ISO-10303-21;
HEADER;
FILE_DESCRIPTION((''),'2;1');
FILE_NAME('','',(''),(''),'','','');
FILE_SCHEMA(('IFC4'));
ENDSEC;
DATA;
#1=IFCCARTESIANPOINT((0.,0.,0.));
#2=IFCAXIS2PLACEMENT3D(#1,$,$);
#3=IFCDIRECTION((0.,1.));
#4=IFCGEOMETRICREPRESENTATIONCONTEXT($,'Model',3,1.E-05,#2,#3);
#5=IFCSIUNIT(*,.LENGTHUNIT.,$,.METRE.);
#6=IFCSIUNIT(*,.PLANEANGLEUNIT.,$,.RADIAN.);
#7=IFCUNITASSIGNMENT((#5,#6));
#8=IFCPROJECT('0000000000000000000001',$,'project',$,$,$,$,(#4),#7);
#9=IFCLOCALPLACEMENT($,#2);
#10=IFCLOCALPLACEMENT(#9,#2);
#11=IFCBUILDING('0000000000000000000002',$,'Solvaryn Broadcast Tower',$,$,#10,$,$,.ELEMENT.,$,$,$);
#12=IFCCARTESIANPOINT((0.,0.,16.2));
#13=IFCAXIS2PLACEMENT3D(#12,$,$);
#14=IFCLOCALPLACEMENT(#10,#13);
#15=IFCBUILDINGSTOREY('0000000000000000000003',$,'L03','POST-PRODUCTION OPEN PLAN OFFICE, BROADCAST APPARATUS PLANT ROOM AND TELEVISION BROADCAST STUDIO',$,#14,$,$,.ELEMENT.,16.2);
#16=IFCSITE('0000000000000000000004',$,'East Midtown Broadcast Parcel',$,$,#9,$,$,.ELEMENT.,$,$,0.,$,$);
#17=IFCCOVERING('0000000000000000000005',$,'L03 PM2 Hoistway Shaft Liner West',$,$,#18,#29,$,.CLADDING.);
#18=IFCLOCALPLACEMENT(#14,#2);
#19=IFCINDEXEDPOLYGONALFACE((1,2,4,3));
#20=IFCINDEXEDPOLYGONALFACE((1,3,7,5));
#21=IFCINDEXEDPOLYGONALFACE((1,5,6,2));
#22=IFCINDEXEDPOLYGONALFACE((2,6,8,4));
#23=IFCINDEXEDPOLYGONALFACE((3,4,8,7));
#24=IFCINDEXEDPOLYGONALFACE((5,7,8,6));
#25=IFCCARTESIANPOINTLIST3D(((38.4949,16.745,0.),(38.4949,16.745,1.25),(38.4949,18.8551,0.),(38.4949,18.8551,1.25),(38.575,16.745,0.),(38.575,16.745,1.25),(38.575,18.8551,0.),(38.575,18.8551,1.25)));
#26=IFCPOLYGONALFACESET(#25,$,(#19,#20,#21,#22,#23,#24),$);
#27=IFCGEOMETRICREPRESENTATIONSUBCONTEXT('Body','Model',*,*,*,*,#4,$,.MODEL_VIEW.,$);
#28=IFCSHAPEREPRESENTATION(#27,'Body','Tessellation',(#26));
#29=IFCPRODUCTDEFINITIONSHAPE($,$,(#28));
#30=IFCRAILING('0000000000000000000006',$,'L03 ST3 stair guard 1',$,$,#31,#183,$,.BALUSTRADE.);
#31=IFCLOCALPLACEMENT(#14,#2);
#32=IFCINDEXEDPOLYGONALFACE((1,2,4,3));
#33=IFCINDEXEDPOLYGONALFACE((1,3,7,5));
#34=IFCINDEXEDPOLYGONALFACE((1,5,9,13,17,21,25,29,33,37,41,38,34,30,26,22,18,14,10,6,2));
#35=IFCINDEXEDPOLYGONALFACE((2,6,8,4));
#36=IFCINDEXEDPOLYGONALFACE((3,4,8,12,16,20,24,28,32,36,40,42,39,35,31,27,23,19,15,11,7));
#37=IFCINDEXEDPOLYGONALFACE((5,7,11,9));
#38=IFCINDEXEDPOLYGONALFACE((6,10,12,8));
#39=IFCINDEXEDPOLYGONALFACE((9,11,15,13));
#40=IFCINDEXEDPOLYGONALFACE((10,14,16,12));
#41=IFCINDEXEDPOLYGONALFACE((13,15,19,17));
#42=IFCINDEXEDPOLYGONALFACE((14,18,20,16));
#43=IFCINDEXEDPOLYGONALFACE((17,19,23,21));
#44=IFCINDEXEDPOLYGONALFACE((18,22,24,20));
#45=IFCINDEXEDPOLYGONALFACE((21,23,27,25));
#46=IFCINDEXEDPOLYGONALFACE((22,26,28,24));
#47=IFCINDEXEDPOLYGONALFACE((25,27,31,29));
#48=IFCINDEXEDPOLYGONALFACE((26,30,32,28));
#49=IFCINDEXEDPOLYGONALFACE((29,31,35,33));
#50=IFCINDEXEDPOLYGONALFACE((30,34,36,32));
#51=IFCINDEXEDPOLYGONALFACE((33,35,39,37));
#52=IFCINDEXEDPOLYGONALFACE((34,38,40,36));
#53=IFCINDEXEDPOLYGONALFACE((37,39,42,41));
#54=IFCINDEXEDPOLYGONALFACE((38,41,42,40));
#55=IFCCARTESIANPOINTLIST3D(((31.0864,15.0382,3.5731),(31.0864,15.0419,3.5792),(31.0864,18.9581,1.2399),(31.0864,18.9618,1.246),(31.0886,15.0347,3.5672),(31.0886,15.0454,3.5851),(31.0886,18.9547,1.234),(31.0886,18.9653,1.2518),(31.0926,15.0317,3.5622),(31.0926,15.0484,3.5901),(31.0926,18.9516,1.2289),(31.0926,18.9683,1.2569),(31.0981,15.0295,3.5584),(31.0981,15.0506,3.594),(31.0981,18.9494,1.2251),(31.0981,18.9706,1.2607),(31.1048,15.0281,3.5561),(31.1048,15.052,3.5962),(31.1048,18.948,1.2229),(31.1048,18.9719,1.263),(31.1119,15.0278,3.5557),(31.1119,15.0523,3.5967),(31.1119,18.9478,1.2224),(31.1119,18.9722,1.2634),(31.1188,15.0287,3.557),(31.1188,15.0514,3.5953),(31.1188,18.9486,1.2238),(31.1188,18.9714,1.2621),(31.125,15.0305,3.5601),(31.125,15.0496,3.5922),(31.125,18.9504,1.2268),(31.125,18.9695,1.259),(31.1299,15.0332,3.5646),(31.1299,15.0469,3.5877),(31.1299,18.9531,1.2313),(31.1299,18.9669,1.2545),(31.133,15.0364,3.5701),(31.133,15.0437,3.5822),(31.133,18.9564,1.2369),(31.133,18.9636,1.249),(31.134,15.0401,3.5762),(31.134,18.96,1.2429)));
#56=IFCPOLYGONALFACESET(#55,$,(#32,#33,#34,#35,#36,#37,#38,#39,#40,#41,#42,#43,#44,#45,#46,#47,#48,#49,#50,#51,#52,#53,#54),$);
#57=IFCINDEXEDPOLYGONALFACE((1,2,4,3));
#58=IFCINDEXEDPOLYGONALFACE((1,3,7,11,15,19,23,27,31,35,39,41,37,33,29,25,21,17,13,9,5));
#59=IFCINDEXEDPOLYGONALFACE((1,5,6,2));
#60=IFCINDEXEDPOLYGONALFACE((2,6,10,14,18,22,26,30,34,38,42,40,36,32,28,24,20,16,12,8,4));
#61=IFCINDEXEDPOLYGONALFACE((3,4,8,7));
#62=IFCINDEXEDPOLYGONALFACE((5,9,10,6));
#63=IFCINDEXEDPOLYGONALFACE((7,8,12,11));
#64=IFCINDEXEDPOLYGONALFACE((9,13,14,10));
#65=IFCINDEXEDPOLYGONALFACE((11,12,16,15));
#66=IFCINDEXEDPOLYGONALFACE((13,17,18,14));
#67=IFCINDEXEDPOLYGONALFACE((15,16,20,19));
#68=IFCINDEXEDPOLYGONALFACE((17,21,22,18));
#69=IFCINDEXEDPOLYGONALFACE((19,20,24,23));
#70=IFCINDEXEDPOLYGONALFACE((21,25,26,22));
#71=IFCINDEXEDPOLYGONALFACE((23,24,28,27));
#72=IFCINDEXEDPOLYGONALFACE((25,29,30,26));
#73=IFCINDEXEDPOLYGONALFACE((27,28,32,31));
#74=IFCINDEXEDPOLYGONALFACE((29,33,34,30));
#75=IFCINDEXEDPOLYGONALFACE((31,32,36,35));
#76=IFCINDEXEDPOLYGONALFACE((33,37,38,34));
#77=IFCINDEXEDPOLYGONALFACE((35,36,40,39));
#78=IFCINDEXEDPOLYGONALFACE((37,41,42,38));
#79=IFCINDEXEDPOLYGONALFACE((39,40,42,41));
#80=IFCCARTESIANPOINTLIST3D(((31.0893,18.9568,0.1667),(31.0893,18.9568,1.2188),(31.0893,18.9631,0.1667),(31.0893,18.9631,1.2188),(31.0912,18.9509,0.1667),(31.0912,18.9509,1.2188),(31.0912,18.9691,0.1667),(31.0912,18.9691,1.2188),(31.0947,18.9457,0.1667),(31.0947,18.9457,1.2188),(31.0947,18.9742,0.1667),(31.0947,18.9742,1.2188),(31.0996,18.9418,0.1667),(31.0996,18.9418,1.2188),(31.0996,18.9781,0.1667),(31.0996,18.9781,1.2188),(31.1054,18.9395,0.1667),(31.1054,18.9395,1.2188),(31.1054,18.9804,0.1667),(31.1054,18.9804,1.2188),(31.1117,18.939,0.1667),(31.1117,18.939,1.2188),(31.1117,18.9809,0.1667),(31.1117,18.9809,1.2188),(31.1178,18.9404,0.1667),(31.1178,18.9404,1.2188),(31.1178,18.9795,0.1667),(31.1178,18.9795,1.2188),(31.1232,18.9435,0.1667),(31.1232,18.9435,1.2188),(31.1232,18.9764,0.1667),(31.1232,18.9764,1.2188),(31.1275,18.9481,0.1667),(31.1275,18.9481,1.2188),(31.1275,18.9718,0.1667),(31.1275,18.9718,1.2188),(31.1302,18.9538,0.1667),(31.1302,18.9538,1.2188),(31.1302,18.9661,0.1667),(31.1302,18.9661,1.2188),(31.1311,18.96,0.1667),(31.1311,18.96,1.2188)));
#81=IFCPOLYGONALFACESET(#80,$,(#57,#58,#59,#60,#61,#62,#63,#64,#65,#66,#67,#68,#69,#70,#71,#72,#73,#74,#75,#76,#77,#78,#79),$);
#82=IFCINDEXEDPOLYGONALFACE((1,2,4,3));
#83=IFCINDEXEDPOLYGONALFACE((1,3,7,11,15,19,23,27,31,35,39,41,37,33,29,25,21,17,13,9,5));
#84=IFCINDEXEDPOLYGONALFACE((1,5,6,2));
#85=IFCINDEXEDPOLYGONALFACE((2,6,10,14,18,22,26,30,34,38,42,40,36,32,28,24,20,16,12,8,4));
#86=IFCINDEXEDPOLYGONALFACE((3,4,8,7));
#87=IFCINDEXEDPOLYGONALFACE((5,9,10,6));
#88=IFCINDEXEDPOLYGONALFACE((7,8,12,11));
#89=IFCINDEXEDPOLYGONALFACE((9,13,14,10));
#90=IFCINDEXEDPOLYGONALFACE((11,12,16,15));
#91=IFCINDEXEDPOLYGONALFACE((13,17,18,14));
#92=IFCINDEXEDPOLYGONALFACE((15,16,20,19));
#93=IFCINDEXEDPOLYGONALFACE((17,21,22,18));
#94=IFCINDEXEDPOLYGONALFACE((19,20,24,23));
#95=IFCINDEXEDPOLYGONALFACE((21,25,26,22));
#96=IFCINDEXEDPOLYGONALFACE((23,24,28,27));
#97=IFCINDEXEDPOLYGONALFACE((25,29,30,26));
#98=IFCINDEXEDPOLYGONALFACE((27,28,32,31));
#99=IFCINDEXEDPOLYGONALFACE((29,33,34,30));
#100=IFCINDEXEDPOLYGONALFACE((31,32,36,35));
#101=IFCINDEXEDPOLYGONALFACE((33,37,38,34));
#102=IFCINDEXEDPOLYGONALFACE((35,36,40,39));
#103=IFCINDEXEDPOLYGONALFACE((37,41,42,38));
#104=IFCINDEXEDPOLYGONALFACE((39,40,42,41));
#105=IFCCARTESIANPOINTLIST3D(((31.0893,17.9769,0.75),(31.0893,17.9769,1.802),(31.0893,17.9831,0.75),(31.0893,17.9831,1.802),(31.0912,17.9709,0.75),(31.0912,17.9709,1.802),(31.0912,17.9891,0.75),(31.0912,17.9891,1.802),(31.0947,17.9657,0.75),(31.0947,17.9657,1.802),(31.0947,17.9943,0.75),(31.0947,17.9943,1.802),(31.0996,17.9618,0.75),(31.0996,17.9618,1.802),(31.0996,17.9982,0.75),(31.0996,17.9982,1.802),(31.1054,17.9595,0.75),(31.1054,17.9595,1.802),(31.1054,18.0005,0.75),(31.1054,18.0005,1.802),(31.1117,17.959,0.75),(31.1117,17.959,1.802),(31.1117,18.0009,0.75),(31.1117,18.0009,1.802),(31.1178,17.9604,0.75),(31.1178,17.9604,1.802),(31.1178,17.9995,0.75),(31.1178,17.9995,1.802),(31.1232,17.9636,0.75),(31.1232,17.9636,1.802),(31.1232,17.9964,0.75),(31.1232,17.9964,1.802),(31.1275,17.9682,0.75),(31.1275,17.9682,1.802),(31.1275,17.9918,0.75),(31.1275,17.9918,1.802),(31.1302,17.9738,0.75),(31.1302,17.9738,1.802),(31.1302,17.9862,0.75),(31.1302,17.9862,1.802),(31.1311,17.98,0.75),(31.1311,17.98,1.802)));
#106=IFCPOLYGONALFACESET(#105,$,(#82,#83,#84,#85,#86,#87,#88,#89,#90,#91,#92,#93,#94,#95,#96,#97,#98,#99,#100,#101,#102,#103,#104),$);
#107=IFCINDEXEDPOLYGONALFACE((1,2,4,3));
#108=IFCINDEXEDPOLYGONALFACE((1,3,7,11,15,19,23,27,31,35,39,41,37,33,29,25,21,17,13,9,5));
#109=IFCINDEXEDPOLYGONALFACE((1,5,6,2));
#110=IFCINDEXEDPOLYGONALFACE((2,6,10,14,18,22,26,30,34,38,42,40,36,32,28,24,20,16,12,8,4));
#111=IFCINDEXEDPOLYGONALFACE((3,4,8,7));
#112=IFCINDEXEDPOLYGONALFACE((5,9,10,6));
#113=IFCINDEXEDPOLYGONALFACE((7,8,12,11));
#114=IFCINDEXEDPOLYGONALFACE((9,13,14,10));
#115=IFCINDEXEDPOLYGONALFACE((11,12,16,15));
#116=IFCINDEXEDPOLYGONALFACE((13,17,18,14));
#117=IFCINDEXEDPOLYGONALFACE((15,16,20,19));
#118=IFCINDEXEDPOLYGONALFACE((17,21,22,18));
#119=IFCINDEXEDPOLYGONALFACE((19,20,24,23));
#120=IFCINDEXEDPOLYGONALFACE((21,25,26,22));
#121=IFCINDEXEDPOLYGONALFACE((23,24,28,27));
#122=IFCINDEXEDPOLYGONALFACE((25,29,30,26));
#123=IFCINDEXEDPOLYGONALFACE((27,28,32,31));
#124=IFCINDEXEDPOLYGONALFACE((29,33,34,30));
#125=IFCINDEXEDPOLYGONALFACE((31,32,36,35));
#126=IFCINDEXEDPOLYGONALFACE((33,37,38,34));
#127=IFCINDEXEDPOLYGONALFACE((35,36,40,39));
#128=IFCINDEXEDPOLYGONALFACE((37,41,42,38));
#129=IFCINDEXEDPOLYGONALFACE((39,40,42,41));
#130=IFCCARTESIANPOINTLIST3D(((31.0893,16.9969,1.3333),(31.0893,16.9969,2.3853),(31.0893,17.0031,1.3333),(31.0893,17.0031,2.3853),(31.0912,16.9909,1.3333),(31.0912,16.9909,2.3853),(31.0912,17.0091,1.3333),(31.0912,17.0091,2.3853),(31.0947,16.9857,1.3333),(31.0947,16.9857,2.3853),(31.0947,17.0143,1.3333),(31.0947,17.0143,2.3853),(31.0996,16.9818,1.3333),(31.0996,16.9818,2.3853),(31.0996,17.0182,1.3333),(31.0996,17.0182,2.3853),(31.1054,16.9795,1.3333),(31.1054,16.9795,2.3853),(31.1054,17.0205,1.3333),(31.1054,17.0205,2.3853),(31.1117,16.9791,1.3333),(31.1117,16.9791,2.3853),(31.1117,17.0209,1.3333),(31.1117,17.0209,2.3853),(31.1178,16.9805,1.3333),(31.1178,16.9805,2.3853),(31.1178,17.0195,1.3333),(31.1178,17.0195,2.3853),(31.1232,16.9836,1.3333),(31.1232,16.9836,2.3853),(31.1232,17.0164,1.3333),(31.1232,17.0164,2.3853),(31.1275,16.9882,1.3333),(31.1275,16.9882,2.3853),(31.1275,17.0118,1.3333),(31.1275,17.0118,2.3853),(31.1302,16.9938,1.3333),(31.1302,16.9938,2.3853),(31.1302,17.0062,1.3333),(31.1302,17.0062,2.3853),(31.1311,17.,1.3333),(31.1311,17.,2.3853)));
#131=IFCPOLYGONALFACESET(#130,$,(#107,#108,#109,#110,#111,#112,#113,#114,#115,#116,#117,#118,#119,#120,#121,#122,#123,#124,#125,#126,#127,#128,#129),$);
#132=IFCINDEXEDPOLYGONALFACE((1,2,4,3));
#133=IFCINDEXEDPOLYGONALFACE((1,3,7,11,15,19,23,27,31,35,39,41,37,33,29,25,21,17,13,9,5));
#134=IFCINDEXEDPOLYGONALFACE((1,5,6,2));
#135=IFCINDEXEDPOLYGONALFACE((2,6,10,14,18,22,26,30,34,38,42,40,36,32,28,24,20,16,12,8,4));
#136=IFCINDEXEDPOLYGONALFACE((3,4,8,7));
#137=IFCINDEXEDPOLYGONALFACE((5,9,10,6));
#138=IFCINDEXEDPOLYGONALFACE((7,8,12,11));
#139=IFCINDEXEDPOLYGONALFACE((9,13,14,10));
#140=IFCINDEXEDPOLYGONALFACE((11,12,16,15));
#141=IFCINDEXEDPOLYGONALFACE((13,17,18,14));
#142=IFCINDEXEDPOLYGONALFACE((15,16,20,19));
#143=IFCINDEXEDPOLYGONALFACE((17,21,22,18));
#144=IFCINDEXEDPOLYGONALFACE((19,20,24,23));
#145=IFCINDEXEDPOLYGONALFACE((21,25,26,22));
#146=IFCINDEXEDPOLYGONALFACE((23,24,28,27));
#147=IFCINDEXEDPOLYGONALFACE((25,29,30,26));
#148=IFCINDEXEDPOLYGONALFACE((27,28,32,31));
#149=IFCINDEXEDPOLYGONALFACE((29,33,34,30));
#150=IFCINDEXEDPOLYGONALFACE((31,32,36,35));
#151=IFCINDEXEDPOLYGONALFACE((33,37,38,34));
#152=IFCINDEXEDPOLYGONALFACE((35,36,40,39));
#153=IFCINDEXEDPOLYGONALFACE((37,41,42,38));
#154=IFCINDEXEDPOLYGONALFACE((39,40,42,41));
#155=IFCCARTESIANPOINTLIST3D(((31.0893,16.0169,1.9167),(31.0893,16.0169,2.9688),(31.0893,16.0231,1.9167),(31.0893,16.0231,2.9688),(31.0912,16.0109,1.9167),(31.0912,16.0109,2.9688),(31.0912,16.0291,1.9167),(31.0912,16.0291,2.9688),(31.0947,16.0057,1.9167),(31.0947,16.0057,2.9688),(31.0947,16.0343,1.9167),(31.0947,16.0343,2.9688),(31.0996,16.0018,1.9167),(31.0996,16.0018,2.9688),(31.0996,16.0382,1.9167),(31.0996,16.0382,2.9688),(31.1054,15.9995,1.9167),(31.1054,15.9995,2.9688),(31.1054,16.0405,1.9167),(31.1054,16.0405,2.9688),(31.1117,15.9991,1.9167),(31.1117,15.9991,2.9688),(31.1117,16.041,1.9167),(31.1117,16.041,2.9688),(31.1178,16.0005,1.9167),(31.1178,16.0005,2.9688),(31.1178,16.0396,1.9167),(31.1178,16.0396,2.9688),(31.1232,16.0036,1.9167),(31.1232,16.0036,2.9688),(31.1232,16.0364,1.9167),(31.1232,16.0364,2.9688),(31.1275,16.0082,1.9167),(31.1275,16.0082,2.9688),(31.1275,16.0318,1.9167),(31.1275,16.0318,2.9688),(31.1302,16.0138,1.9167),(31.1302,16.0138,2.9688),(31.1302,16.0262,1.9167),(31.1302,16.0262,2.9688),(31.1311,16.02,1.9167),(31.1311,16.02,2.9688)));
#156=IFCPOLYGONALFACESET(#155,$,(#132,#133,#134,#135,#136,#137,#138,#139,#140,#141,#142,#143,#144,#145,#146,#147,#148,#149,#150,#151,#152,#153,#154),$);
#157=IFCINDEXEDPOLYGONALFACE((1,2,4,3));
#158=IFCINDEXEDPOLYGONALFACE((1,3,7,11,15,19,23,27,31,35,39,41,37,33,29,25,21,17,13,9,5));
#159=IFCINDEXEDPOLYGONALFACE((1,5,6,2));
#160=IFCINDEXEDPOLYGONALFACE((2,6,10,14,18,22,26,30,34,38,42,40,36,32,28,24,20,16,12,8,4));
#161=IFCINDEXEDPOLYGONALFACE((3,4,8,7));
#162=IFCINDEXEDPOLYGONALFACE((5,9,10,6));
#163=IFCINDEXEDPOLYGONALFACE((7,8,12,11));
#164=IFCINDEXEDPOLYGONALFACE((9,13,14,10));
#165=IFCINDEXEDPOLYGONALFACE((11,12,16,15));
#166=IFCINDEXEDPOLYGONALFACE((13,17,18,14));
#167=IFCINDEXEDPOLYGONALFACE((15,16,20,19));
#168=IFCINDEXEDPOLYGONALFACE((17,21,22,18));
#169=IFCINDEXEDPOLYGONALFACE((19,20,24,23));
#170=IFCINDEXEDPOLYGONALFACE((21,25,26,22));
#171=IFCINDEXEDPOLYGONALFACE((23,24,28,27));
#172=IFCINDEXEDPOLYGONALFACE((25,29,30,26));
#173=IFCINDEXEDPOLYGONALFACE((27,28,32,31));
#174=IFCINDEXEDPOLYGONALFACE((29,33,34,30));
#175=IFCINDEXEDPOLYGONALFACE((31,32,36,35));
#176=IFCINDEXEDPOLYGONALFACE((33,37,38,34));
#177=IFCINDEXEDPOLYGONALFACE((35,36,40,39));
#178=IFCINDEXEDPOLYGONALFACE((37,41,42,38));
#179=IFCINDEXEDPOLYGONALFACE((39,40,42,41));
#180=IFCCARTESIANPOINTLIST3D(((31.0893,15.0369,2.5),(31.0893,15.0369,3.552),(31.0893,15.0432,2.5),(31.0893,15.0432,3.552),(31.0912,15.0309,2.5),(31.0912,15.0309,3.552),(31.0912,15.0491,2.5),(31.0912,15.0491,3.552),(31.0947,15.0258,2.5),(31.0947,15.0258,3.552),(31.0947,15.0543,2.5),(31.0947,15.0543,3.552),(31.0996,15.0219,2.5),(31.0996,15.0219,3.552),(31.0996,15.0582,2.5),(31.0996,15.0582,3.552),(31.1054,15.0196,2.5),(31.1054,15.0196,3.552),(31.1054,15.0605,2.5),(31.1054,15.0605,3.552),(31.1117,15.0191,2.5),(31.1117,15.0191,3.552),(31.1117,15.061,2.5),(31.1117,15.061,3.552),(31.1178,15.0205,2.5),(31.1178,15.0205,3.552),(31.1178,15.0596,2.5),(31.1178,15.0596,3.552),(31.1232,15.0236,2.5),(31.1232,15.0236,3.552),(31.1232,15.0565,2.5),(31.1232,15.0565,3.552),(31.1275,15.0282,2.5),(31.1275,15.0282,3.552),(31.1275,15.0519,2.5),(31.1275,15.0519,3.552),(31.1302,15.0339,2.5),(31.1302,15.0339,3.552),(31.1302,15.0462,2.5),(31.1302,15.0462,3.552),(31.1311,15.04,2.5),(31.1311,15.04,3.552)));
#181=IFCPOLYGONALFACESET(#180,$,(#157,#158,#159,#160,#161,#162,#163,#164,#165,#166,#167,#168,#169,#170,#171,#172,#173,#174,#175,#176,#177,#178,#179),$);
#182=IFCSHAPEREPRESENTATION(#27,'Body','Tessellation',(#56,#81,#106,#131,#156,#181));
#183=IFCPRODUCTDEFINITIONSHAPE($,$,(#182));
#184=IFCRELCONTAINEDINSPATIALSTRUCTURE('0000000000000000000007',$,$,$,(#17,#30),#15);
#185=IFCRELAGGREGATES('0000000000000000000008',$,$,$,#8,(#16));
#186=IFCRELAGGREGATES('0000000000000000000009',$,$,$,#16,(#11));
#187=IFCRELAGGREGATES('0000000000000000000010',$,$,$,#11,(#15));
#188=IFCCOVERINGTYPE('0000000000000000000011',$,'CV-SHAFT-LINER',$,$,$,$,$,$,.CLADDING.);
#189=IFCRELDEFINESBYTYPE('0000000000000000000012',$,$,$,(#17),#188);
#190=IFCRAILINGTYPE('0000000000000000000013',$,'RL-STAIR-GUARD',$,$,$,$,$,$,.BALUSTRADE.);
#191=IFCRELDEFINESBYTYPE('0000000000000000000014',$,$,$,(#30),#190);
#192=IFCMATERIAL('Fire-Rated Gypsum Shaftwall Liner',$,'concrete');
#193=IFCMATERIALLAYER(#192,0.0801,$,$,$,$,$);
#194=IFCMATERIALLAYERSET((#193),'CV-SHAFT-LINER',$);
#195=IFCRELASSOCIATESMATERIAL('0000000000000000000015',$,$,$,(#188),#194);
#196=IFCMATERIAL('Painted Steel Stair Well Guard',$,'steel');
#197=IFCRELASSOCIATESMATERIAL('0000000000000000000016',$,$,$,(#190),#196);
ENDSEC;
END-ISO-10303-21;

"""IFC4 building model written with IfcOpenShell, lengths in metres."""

from ifc_helpers import new_model, si_unit, direction, frame, origin, origin_2d, place, context, subcontext, project, spatial, rectangle, circle, extrude, material, layer, layer_set, type_object, element, save


model = new_model("IFC4")

# Units and contexts
model_context = context("Model", 3, precision=1e-05, world=origin(), true_north=direction((0.0, 1.0)))
body_context = subcontext(model_context, "Body", "Model", "MODEL_VIEW")
ifc_project = project(units=[si_unit("LENGTHUNIT", "METRE"), si_unit("PLANEANGLEUNIT", "RADIAN")], contexts=[model_context])

# Site, building, storey
site_placement = place(None, origin())
site = spatial("IfcSite", under=ifc_project, at=site_placement, Name="East Midtown Broadcast Parcel", CompositionType="ELEMENT", RefElevation=0.0)
building_placement = place(site_placement, origin())
building = spatial("IfcBuilding", under=site, at=building_placement, Name="Solvaryn Broadcast Tower", CompositionType="ELEMENT")
storey_placement = place(building_placement, frame((0.0, 0.0, 16.2)))
storey = spatial("IfcBuildingStorey", under=building, at=storey_placement, Name="L03", Description="POST-PRODUCTION OPEN PLAN OFFICE, BROADCAST APPARATUS PLANT ROOM AND TELEVISION BROADCAST STUDIO", CompositionType="ELEMENT", Elevation=16.2)

# Covering
ifc_material_1 = material(Name="Fire-Rated Gypsum Shaftwall Liner", Category="concrete")
ifc_layer_1 = layer(ifc_material_1, 0.0801)
ifc_layer_set_1 = layer_set([ifc_layer_1], Name="CV-SHAFT-LINER")
covering_type = type_object("IfcCoveringType", Name="CV-SHAFT-LINER", PredefinedType="CLADDING", material=ifc_layer_set_1)
for number, where, z_axis, x_axis, name in (
    (1, (38.5349, 17.8, 0.0), (0.0, 0.0, 1.0), (1.0, 0.0, 0.0), "L03 PM2 Hoistway Shaft Liner West"),
):
    element("IfcCovering", number, at=place(storey_placement, frame(where, z_axis=z_axis, x_axis=x_axis)), inside=storey, type_object=covering_type, Name=name, PredefinedType="CLADDING", context=body_context, shape_type="SweptSolid", body=[
        extrude(rectangle(XDim=0.0801, YDim=2.1101, at=origin_2d()), origin(), (0.0, 0.0, 1.0), 1.25),
    ])

# Railing
ifc_material_2 = material(Name="Painted Steel Stair Well Guard", Category="steel")
railing_type_1 = type_object("IfcRailingType", Name="RL-STAIR-GUARD", PredefinedType="BALUSTRADE", material=ifc_material_2)
railing_1_placement = place(storey_placement, frame((31.1101, 18.96, 0.1667)))
element("IfcRailing", 2, at=railing_1_placement, inside=storey, type_object=railing_type_1, Name="L03 ST3 stair guard 1", PredefinedType="BALUSTRADE", context=body_context, shape_type="SweptSolid", body=[
    extrude(circle(Radius=0.0239, at=origin_2d()), frame((0.0, 0.0, 1.0762), z_axis=(0.0, -0.859296, 0.511478), x_axis=(1.0, 0.0, 0.0)), (0.0, 0.0, 1.0), 4.5618),
    extrude(circle(Radius=0.021, at=origin_2d()), origin(), (0.0, 0.0, 1.0), 1.052),
    extrude(circle(Radius=0.021, at=origin_2d()), frame((0.0, -0.98, 0.5833)), (0.0, 0.0, 1.0), 1.052),
    extrude(circle(Radius=0.021, at=origin_2d()), frame((0.0, -1.96, 1.1665)), (0.0, 0.0, 1.0), 1.052),
    extrude(circle(Radius=0.021, at=origin_2d()), frame((0.0, -2.9399, 1.75)), (0.0, 0.0, 1.0), 1.052),
    extrude(circle(Radius=0.021, at=origin_2d()), frame((0.0, -3.9199, 2.3333)), (0.0, 0.0, 1.0), 1.052),
])

save(model, "model.ifc")
